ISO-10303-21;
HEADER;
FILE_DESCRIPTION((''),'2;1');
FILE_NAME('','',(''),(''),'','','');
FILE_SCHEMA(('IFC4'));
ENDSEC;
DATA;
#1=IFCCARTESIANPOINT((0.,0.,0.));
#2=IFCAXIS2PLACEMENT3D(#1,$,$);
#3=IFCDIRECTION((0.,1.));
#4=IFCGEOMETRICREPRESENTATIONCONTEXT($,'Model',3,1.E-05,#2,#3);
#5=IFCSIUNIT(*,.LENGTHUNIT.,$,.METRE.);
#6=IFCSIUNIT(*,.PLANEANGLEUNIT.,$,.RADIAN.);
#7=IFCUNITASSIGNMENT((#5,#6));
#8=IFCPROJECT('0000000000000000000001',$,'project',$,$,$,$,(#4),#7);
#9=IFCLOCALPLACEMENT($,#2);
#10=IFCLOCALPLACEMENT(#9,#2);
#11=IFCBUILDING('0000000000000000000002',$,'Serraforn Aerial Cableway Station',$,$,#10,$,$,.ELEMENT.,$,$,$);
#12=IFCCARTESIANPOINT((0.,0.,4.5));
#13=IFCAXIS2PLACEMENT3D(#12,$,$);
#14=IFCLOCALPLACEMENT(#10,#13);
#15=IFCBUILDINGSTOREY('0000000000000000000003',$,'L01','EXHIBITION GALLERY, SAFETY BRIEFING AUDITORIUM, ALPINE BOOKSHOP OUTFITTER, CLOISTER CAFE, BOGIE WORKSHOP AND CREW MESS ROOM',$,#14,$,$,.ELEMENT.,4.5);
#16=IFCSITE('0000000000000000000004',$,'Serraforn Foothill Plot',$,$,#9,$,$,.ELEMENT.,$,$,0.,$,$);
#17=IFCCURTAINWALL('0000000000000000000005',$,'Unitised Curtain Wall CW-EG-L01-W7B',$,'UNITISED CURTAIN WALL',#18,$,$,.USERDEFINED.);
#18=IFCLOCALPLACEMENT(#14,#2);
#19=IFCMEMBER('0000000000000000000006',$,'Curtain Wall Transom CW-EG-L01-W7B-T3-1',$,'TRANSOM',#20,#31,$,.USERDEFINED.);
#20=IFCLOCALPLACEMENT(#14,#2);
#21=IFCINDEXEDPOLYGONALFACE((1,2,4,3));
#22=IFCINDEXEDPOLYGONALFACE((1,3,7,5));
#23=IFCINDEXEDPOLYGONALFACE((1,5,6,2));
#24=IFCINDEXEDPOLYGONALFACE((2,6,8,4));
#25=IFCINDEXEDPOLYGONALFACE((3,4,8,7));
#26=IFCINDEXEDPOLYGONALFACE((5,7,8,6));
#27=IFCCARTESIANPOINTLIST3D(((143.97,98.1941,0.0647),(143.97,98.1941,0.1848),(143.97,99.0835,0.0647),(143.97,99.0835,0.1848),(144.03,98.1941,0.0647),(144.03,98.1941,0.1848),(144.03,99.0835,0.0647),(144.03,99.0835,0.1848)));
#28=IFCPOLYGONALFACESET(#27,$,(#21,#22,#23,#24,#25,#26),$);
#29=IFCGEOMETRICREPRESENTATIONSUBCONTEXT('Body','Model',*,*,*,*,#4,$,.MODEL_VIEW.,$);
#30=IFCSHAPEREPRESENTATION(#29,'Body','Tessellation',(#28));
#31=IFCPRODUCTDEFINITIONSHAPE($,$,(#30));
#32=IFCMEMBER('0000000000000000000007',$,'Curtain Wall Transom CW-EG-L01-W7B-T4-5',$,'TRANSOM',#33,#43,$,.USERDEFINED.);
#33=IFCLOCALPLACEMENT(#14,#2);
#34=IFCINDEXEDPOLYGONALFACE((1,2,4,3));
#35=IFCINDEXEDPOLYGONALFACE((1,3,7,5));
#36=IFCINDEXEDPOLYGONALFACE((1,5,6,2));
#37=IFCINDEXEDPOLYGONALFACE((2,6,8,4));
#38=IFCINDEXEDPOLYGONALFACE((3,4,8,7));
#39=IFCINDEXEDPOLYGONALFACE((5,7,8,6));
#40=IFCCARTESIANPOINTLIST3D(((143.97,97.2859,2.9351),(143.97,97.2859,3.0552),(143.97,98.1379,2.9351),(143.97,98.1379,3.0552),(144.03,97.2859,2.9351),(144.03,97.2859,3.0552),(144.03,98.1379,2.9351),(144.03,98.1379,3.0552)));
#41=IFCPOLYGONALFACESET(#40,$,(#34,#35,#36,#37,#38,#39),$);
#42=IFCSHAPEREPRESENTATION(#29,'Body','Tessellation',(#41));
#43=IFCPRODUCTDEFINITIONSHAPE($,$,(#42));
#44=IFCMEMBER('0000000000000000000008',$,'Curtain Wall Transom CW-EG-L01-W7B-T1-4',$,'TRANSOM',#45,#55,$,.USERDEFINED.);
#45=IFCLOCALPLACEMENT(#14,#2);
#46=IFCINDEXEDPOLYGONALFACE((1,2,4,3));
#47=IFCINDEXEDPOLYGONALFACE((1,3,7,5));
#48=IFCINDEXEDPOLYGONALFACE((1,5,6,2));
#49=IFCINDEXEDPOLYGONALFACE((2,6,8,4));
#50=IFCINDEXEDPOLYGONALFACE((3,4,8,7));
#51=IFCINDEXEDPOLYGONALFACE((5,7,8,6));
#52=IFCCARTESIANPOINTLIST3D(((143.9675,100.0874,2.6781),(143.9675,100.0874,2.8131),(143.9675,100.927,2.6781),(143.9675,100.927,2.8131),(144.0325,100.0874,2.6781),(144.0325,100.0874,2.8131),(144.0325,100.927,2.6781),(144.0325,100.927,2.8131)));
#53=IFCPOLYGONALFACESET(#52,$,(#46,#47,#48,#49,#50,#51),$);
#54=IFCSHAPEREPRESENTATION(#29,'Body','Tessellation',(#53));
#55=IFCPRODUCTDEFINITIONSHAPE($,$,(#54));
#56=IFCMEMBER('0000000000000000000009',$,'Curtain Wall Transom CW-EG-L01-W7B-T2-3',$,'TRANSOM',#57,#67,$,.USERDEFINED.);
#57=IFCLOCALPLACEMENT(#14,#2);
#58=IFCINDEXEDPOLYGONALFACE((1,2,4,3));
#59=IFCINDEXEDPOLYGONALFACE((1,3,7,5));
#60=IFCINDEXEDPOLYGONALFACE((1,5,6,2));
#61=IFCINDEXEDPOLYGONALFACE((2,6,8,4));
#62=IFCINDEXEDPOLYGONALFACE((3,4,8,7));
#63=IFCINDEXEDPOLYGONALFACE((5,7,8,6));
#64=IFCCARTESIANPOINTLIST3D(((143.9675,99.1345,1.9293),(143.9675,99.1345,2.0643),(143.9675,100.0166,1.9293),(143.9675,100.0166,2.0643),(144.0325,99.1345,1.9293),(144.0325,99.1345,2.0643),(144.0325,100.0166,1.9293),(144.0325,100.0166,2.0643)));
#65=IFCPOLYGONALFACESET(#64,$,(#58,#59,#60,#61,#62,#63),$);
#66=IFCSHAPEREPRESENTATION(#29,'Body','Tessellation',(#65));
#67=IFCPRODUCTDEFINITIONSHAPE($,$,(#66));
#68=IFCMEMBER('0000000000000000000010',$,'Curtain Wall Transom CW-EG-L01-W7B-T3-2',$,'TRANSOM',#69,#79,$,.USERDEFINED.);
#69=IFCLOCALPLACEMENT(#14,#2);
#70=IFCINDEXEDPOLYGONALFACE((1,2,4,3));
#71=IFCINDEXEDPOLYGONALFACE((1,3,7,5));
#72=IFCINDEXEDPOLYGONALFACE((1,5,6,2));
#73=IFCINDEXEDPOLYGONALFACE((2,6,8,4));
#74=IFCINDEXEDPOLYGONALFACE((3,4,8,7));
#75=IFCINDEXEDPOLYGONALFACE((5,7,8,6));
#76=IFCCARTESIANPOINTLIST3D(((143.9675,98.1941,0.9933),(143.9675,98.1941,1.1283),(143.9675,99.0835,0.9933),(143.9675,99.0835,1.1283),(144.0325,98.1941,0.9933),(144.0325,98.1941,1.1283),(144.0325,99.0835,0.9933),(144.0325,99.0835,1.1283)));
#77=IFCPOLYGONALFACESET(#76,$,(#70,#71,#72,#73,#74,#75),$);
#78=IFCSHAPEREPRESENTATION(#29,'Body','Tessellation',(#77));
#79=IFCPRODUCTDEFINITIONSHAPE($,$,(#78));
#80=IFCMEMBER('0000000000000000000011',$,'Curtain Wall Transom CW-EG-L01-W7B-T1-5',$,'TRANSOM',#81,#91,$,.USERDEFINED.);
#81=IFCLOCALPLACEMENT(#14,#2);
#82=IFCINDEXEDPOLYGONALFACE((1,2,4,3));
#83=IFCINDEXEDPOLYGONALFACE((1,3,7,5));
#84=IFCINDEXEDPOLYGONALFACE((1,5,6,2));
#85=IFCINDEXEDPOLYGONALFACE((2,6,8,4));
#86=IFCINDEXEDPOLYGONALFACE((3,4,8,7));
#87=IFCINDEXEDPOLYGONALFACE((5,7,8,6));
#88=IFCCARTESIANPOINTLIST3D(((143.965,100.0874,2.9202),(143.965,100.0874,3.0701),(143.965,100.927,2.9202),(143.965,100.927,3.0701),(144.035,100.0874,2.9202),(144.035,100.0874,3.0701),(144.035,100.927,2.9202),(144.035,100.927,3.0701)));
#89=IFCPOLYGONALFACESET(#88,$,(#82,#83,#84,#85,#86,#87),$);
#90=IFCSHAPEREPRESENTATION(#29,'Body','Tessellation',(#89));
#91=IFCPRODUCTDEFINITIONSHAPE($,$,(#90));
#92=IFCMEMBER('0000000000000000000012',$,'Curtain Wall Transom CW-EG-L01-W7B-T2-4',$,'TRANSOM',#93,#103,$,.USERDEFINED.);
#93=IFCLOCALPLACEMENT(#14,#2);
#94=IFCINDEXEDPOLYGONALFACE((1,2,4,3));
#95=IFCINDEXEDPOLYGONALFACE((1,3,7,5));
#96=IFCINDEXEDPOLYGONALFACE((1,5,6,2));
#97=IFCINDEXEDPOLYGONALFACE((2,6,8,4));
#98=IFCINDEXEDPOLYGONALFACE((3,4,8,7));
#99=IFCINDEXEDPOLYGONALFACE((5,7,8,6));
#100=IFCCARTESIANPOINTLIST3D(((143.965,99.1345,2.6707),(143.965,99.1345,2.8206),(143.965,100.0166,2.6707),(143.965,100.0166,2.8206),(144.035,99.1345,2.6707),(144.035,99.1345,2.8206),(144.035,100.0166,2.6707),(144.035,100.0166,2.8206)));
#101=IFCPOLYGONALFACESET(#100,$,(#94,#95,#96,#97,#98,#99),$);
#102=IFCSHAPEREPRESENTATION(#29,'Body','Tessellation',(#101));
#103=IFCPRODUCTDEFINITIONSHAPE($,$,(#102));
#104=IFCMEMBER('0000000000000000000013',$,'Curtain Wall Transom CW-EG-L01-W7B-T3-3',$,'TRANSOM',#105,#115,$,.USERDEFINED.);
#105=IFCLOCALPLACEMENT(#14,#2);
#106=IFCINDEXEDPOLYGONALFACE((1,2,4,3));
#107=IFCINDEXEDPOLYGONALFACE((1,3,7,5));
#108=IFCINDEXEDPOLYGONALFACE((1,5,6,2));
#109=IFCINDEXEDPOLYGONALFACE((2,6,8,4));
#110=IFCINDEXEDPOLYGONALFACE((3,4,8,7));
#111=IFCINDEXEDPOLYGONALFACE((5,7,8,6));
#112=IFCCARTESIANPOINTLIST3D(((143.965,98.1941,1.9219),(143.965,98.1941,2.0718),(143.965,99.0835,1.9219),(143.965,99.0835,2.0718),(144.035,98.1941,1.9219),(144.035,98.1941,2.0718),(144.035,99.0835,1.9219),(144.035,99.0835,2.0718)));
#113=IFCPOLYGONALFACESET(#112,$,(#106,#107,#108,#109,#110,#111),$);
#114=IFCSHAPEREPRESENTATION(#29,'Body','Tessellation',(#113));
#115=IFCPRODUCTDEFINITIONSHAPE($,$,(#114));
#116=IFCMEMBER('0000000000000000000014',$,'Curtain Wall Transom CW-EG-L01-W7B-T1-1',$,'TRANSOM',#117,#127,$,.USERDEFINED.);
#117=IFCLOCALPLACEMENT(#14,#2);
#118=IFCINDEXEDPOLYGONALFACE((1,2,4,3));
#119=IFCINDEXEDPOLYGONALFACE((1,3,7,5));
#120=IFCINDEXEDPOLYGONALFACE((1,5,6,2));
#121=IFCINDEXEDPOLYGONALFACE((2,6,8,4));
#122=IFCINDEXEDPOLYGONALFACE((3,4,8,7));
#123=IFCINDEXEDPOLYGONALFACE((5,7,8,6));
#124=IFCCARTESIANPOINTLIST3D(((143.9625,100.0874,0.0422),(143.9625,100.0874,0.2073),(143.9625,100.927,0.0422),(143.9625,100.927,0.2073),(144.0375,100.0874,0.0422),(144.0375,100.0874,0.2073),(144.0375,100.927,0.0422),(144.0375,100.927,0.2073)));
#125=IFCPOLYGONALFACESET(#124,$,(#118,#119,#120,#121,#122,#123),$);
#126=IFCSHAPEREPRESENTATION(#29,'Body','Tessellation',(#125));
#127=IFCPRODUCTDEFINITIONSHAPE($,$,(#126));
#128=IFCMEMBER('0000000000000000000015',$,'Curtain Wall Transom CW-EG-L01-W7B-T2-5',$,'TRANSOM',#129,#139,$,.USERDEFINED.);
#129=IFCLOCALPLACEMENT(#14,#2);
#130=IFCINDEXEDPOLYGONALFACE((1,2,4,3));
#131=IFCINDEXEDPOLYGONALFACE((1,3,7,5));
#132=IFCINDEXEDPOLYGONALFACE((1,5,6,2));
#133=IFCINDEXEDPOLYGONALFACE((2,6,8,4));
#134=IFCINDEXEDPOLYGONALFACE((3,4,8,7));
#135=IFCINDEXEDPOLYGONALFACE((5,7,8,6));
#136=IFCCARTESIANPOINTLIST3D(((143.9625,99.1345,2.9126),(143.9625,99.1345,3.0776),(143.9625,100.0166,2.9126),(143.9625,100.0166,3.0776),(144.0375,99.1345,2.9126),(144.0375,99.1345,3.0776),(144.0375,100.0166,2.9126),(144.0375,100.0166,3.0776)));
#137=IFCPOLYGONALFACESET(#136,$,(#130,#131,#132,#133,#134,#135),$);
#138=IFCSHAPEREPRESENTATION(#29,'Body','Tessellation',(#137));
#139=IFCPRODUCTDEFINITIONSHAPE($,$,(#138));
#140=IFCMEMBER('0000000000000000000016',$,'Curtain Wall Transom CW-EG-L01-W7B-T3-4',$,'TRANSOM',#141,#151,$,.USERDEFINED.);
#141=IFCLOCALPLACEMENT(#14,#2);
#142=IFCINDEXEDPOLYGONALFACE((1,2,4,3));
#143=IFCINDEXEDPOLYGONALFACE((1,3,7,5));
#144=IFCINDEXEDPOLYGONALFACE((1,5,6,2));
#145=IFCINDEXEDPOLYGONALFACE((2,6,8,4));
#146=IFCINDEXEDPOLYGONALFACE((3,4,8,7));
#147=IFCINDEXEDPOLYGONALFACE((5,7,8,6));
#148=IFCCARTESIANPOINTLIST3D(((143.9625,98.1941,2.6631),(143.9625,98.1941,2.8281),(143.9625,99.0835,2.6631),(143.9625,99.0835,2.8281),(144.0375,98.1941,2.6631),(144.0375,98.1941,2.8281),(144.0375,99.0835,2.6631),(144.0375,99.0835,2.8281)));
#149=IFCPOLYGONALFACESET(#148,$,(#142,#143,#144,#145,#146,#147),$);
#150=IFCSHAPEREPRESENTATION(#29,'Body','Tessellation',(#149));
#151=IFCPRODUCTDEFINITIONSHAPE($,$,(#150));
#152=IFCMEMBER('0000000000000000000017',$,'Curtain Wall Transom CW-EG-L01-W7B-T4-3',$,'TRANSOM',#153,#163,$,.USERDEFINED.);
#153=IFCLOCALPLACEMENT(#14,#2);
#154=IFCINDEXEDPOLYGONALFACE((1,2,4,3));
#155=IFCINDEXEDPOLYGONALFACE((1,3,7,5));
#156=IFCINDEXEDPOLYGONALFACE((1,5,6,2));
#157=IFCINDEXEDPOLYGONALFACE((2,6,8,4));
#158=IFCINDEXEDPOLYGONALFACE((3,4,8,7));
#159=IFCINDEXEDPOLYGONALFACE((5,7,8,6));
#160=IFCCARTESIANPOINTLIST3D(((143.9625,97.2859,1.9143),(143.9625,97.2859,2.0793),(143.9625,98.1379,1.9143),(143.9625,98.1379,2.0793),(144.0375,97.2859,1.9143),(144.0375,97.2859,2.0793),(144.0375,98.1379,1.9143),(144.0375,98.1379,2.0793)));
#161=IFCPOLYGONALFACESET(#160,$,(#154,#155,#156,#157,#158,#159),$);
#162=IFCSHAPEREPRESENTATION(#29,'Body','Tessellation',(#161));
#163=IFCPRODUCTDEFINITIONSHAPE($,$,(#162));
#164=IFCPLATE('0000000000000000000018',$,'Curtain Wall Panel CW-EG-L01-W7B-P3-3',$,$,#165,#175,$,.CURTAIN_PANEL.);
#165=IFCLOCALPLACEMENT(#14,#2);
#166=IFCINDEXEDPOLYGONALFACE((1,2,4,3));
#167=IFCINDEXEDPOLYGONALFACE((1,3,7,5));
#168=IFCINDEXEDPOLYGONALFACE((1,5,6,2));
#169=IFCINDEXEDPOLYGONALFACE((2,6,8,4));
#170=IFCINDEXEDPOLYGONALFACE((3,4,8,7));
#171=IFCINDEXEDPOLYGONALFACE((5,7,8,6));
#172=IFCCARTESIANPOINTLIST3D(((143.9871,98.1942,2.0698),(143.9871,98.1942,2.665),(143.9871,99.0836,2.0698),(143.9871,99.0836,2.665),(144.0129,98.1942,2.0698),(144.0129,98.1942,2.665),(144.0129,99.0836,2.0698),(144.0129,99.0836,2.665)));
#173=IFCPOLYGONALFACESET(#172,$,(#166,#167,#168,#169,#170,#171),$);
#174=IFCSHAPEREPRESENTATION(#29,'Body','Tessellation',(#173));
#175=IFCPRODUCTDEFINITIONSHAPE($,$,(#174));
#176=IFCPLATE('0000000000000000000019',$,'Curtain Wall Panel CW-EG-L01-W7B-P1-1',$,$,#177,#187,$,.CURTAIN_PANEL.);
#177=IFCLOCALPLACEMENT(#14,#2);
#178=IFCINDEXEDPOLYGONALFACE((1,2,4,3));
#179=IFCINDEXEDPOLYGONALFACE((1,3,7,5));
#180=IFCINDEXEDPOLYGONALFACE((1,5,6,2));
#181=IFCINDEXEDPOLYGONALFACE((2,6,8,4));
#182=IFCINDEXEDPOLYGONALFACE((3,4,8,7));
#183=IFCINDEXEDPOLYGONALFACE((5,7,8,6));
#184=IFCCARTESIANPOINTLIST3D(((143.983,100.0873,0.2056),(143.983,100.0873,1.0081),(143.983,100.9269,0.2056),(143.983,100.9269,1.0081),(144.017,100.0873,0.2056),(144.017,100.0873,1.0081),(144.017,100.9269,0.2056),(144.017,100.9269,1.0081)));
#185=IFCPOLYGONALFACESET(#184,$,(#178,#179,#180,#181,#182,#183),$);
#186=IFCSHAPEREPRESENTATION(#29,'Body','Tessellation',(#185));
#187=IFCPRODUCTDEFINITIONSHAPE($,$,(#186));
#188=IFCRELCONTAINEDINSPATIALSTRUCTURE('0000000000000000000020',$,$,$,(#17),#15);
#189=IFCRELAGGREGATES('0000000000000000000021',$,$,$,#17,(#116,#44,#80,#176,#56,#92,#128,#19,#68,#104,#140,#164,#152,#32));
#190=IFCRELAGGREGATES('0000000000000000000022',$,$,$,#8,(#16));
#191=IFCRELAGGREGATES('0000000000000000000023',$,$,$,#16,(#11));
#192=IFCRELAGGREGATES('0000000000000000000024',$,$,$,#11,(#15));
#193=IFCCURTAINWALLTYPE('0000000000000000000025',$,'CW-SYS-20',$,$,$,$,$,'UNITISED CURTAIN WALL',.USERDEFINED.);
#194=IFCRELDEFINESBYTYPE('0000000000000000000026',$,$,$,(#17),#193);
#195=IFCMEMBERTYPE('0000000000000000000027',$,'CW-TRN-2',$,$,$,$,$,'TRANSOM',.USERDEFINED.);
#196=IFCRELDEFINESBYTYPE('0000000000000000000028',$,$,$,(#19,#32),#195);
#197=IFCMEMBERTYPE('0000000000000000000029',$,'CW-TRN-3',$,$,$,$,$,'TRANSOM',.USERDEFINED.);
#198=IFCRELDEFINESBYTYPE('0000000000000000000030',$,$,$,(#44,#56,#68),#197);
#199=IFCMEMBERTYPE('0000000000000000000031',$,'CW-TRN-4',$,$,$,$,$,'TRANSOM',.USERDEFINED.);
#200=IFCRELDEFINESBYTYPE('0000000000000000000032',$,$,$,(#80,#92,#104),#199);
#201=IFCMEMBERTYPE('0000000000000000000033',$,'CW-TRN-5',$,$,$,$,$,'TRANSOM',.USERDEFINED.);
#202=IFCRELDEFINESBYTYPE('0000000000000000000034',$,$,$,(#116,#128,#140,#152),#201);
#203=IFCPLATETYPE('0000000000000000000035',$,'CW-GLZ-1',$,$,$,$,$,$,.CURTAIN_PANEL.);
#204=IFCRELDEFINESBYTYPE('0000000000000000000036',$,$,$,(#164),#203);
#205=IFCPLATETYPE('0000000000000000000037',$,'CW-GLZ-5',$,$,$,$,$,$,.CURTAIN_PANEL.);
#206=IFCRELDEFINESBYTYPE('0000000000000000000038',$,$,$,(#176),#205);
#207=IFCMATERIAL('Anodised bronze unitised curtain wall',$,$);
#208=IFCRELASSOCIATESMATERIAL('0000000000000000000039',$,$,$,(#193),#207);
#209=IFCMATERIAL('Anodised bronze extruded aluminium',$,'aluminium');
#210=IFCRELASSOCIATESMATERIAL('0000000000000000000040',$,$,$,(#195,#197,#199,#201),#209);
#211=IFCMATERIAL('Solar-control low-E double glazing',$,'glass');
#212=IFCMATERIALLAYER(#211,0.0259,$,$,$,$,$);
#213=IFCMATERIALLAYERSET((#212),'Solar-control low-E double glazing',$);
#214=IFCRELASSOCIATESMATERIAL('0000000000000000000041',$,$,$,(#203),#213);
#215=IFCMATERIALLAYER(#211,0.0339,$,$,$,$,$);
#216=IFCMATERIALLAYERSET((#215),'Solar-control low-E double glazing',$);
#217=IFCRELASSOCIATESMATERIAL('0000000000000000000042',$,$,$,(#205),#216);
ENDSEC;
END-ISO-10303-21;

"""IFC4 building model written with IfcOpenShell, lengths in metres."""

from ifc_helpers import new_model, si_unit, direction, frame, origin, origin_2d, place, context, subcontext, project, spatial, rectangle, extrude, material, layer, layer_set, material_profile, profile_set, type_object, element, aggregate, save


model = new_model("IFC4")

# Units and contexts
model_context = context("Model", 3, precision=1e-05, world=origin(), true_north=direction((0.0, 1.0)))
body_context = subcontext(model_context, "Body", "Model", "MODEL_VIEW")
ifc_project = project(units=[si_unit("LENGTHUNIT", "METRE"), si_unit("PLANEANGLEUNIT", "RADIAN")], contexts=[model_context])

# Site, building, storey
site_placement = place(None, origin())
site = spatial("IfcSite", under=ifc_project, at=site_placement, Name="Serraforn Foothill Plot", CompositionType="ELEMENT", RefElevation=0.0)
building_placement = place(site_placement, origin())
building = spatial("IfcBuilding", under=site, at=building_placement, Name="Serraforn Aerial Cableway Station", CompositionType="ELEMENT")
storey_placement = place(building_placement, frame((0.0, 0.0, 4.5)))
storey = spatial("IfcBuildingStorey", under=building, at=storey_placement, Name="L01", Description="EXHIBITION GALLERY, SAFETY BRIEFING AUDITORIUM, ALPINE BOOKSHOP OUTFITTER, CLOISTER CAFE, BOGIE WORKSHOP AND CREW MESS ROOM", CompositionType="ELEMENT", Elevation=4.5)

# Curtain wall, members, plates
ifc_material_1 = material(Name="Anodised bronze unitised curtain wall")
curtain_wall_type = type_object("IfcCurtainWallType", Name="CW-SYS-20", ElementType="UNITISED CURTAIN WALL", PredefinedType="USERDEFINED", material=ifc_material_1)
curtain_wall_placement = place(storey_placement, origin())
curtain_wall = element("IfcCurtainWall", 1, at=curtain_wall_placement, inside=storey, type_object=curtain_wall_type, Name="Unitised Curtain Wall CW-EG-L01-W7B", ObjectType="UNITISED CURTAIN WALL", PredefinedType="USERDEFINED")
ifc_material_2 = material(Name="Anodised bronze extruded aluminium", Category="aluminium")
ifc_material_profile_1 = material_profile(ifc_material_2, rectangle(XDim=0.0601, YDim=0.1201, at=origin_2d()), Name="CW TRANSOM 60x120")
ifc_profile_set_1 = profile_set([ifc_material_profile_1], Name="Anodised bronze extruded aluminium")
member_type_1 = type_object("IfcMemberType", Name="CW-TRN-2", ElementType="TRANSOM", PredefinedType="USERDEFINED", material=ifc_profile_set_1)
member_1_placement = place(storey_placement, frame((144.0, 99.0835, 0.1248), z_axis=(0.0, -1.0, 0.0), x_axis=(1.0, 0.0, 0.0)))
member_1 = element("IfcMember", 2, at=member_1_placement, type_object=member_type_1, Name="Curtain Wall Transom CW-EG-L01-W7B-T3-1", ObjectType="TRANSOM", PredefinedType="USERDEFINED", context=body_context, shape_type="SweptSolid", body=[
    extrude(rectangle(XDim=0.0601, YDim=0.1201, at=origin_2d()), origin(), (0.0, 0.0, 1.0), 0.8894),
])
member_2_placement = place(storey_placement, frame((144.0, 98.1379, 2.9951), z_axis=(0.0, -1.0, 0.0), x_axis=(1.0, 0.0, 0.0)))
member_2 = element("IfcMember", 3, at=member_2_placement, type_object=member_type_1, Name="Curtain Wall Transom CW-EG-L01-W7B-T4-5", ObjectType="TRANSOM", PredefinedType="USERDEFINED", context=body_context, shape_type="SweptSolid", body=[
    extrude(rectangle(XDim=0.0601, YDim=0.1201, at=origin_2d()), origin(), (0.0, 0.0, 1.0), 0.8521),
])
ifc_material_profile_2 = material_profile(ifc_material_2, rectangle(XDim=0.0649, YDim=0.135, at=origin_2d()), Name="CW TRANSOM 65x135")
ifc_profile_set_2 = profile_set([ifc_material_profile_2], Name="Anodised bronze extruded aluminium")
member_type_2 = type_object("IfcMemberType", Name="CW-TRN-3", ElementType="TRANSOM", PredefinedType="USERDEFINED", material=ifc_profile_set_2)
member_3_placement = place(storey_placement, frame((144.0, 100.927, 2.7456), z_axis=(0.0, -1.0, 0.0), x_axis=(1.0, 0.0, 0.0)))
member_3 = element("IfcMember", 4, at=member_3_placement, type_object=member_type_2, Name="Curtain Wall Transom CW-EG-L01-W7B-T1-4", ObjectType="TRANSOM", PredefinedType="USERDEFINED", context=body_context, shape_type="SweptSolid", body=[
    extrude(rectangle(XDim=0.0649, YDim=0.135, at=origin_2d()), origin(), (0.0, 0.0, 1.0), 0.8396),
])
member_4_placement = place(storey_placement, frame((144.0, 100.0166, 1.9968), z_axis=(0.0, -1.0, 0.0), x_axis=(1.0, 0.0, 0.0)))
member_4 = element("IfcMember", 5, at=member_4_placement, type_object=member_type_2, Name="Curtain Wall Transom CW-EG-L01-W7B-T2-3", ObjectType="TRANSOM", PredefinedType="USERDEFINED", context=body_context, shape_type="SweptSolid", body=[
    extrude(rectangle(XDim=0.0649, YDim=0.135, at=origin_2d()), origin(), (0.0, 0.0, 1.0), 0.8821),
])
member_5_placement = place(storey_placement, frame((144.0, 99.0835, 1.0608), z_axis=(0.0, -1.0, 0.0), x_axis=(1.0, 0.0, 0.0)))
member_5 = element("IfcMember", 6, at=member_5_placement, type_object=member_type_2, Name="Curtain Wall Transom CW-EG-L01-W7B-T3-2", ObjectType="TRANSOM", PredefinedType="USERDEFINED", context=body_context, shape_type="SweptSolid", body=[
    extrude(rectangle(XDim=0.0649, YDim=0.135, at=origin_2d()), origin(), (0.0, 0.0, 1.0), 0.8894),
])
ifc_material_profile_3 = material_profile(ifc_material_2, rectangle(XDim=0.0701, YDim=0.1499, at=origin_2d()), Name="CW TRANSOM 70x150")
ifc_profile_set_3 = profile_set([ifc_material_profile_3], Name="Anodised bronze extruded aluminium")
member_type_3 = type_object("IfcMemberType", Name="CW-TRN-4", ElementType="TRANSOM", PredefinedType="USERDEFINED", material=ifc_profile_set_3)
member_6_placement = place(storey_placement, frame((144.0, 100.927, 2.9951), z_axis=(0.0, -1.0, 0.0), x_axis=(1.0, 0.0, 0.0)))
member_6 = element("IfcMember", 7, at=member_6_placement, type_object=member_type_3, Name="Curtain Wall Transom CW-EG-L01-W7B-T1-5", ObjectType="TRANSOM", PredefinedType="USERDEFINED", context=body_context, shape_type="SweptSolid", body=[
    extrude(rectangle(XDim=0.0701, YDim=0.1499, at=origin_2d()), origin(), (0.0, 0.0, 1.0), 0.8396),
])
member_7_placement = place(storey_placement, frame((144.0, 100.0166, 2.7456), z_axis=(0.0, -1.0, 0.0), x_axis=(1.0, 0.0, 0.0)))
member_7 = element("IfcMember", 8, at=member_7_placement, type_object=member_type_3, Name="Curtain Wall Transom CW-EG-L01-W7B-T2-4", ObjectType="TRANSOM", PredefinedType="USERDEFINED", context=body_context, shape_type="SweptSolid", body=[
    extrude(rectangle(XDim=0.0701, YDim=0.1499, at=origin_2d()), origin(), (0.0, 0.0, 1.0), 0.8821),
])
member_8_placement = place(storey_placement, frame((144.0, 99.0835, 1.9968), z_axis=(0.0, -1.0, 0.0), x_axis=(1.0, 0.0, 0.0)))
member_8 = element("IfcMember", 9, at=member_8_placement, type_object=member_type_3, Name="Curtain Wall Transom CW-EG-L01-W7B-T3-3", ObjectType="TRANSOM", PredefinedType="USERDEFINED", context=body_context, shape_type="SweptSolid", body=[
    extrude(rectangle(XDim=0.0701, YDim=0.1499, at=origin_2d()), origin(), (0.0, 0.0, 1.0), 0.8894),
])
ifc_material_profile_4 = material_profile(ifc_material_2, rectangle(XDim=0.075, YDim=0.165, at=origin_2d()), Name="CW TRANSOM 75x165")
ifc_profile_set_4 = profile_set([ifc_material_profile_4], Name="Anodised bronze extruded aluminium")
member_type_4 = type_object("IfcMemberType", Name="CW-TRN-5", ElementType="TRANSOM", PredefinedType="USERDEFINED", material=ifc_profile_set_4)
member_9_placement = place(storey_placement, frame((144.0, 100.927, 0.1248), z_axis=(0.0, -1.0, 0.0), x_axis=(1.0, 0.0, 0.0)))
member_9 = element("IfcMember", 10, at=member_9_placement, type_object=member_type_4, Name="Curtain Wall Transom CW-EG-L01-W7B-T1-1", ObjectType="TRANSOM", PredefinedType="USERDEFINED", context=body_context, shape_type="SweptSolid", body=[
    extrude(rectangle(XDim=0.075, YDim=0.165, at=origin_2d()), origin(), (0.0, 0.0, 1.0), 0.8396),
])
member_10_placement = place(storey_placement, frame((144.0, 100.0166, 2.9951), z_axis=(0.0, -1.0, 0.0), x_axis=(1.0, 0.0, 0.0)))
member_10 = element("IfcMember", 11, at=member_10_placement, type_object=member_type_4, Name="Curtain Wall Transom CW-EG-L01-W7B-T2-5", ObjectType="TRANSOM", PredefinedType="USERDEFINED", context=body_context, shape_type="SweptSolid", body=[
    extrude(rectangle(XDim=0.075, YDim=0.165, at=origin_2d()), origin(), (0.0, 0.0, 1.0), 0.8821),
])
member_11_placement = place(storey_placement, frame((144.0, 99.0835, 2.7456), z_axis=(0.0, -1.0, 0.0), x_axis=(1.0, 0.0, 0.0)))
member_11 = element("IfcMember", 12, at=member_11_placement, type_object=member_type_4, Name="Curtain Wall Transom CW-EG-L01-W7B-T3-4", ObjectType="TRANSOM", PredefinedType="USERDEFINED", context=body_context, shape_type="SweptSolid", body=[
    extrude(rectangle(XDim=0.075, YDim=0.165, at=origin_2d()), origin(), (0.0, 0.0, 1.0), 0.8894),
])
member_12_placement = place(storey_placement, frame((144.0, 98.1379, 1.9968), z_axis=(0.0, -1.0, 0.0), x_axis=(1.0, 0.0, 0.0)))
member_12 = element("IfcMember", 13, at=member_12_placement, type_object=member_type_4, Name="Curtain Wall Transom CW-EG-L01-W7B-T4-3", ObjectType="TRANSOM", PredefinedType="USERDEFINED", context=body_context, shape_type="SweptSolid", body=[
    extrude(rectangle(XDim=0.075, YDim=0.165, at=origin_2d()), origin(), (0.0, 0.0, 1.0), 0.8521),
])
ifc_material_3 = material(Name="Solar-control low-E double glazing", Category="glass")
ifc_layer_1 = layer(ifc_material_3, 0.0259)
ifc_layer_set_1 = layer_set([ifc_layer_1], Name="Solar-control low-E double glazing")
plate_type_1 = type_object("IfcPlateType", Name="CW-GLZ-1", PredefinedType="CURTAIN_PANEL", material=ifc_layer_set_1)
plate_1_placement = place(storey_placement, frame((144.0, 98.6389, 2.0698), z_axis=(0.0, 0.0, 1.0), x_axis=(1.0, 0.0, 0.0)))
plate_1 = element("IfcPlate", 14, at=plate_1_placement, type_object=plate_type_1, Name="Curtain Wall Panel CW-EG-L01-W7B-P3-3", PredefinedType="CURTAIN_PANEL", context=body_context, shape_type="SweptSolid", body=[
    extrude(rectangle(XDim=0.0259, YDim=0.8894, at=origin_2d()), origin(), (0.0, 0.0, 1.0), 0.5952),
])
ifc_layer_2 = layer(ifc_material_3, 0.0339)
ifc_layer_set_2 = layer_set([ifc_layer_2], Name="Solar-control low-E double glazing")
plate_type_2 = type_object("IfcPlateType", Name="CW-GLZ-5", PredefinedType="CURTAIN_PANEL", material=ifc_layer_set_2)
plate_2_placement = place(storey_placement, frame((144.0, 100.5071, 0.2056), z_axis=(0.0, 0.0, 1.0), x_axis=(1.0, 0.0, 0.0)))
plate_2 = element("IfcPlate", 15, at=plate_2_placement, type_object=plate_type_2, Name="Curtain Wall Panel CW-EG-L01-W7B-P1-1", PredefinedType="CURTAIN_PANEL", context=body_context, shape_type="SweptSolid", body=[
    extrude(rectangle(XDim=0.0339, YDim=0.8396, at=origin_2d()), origin(), (0.0, 0.0, 1.0), 0.8025),
])
aggregate(curtain_wall, [member_9, member_3, member_6, plate_2, member_4, member_7, member_10, member_1, member_5, member_8, member_11, plate_1, member_12, member_2])

save(model, "model.ifc")
